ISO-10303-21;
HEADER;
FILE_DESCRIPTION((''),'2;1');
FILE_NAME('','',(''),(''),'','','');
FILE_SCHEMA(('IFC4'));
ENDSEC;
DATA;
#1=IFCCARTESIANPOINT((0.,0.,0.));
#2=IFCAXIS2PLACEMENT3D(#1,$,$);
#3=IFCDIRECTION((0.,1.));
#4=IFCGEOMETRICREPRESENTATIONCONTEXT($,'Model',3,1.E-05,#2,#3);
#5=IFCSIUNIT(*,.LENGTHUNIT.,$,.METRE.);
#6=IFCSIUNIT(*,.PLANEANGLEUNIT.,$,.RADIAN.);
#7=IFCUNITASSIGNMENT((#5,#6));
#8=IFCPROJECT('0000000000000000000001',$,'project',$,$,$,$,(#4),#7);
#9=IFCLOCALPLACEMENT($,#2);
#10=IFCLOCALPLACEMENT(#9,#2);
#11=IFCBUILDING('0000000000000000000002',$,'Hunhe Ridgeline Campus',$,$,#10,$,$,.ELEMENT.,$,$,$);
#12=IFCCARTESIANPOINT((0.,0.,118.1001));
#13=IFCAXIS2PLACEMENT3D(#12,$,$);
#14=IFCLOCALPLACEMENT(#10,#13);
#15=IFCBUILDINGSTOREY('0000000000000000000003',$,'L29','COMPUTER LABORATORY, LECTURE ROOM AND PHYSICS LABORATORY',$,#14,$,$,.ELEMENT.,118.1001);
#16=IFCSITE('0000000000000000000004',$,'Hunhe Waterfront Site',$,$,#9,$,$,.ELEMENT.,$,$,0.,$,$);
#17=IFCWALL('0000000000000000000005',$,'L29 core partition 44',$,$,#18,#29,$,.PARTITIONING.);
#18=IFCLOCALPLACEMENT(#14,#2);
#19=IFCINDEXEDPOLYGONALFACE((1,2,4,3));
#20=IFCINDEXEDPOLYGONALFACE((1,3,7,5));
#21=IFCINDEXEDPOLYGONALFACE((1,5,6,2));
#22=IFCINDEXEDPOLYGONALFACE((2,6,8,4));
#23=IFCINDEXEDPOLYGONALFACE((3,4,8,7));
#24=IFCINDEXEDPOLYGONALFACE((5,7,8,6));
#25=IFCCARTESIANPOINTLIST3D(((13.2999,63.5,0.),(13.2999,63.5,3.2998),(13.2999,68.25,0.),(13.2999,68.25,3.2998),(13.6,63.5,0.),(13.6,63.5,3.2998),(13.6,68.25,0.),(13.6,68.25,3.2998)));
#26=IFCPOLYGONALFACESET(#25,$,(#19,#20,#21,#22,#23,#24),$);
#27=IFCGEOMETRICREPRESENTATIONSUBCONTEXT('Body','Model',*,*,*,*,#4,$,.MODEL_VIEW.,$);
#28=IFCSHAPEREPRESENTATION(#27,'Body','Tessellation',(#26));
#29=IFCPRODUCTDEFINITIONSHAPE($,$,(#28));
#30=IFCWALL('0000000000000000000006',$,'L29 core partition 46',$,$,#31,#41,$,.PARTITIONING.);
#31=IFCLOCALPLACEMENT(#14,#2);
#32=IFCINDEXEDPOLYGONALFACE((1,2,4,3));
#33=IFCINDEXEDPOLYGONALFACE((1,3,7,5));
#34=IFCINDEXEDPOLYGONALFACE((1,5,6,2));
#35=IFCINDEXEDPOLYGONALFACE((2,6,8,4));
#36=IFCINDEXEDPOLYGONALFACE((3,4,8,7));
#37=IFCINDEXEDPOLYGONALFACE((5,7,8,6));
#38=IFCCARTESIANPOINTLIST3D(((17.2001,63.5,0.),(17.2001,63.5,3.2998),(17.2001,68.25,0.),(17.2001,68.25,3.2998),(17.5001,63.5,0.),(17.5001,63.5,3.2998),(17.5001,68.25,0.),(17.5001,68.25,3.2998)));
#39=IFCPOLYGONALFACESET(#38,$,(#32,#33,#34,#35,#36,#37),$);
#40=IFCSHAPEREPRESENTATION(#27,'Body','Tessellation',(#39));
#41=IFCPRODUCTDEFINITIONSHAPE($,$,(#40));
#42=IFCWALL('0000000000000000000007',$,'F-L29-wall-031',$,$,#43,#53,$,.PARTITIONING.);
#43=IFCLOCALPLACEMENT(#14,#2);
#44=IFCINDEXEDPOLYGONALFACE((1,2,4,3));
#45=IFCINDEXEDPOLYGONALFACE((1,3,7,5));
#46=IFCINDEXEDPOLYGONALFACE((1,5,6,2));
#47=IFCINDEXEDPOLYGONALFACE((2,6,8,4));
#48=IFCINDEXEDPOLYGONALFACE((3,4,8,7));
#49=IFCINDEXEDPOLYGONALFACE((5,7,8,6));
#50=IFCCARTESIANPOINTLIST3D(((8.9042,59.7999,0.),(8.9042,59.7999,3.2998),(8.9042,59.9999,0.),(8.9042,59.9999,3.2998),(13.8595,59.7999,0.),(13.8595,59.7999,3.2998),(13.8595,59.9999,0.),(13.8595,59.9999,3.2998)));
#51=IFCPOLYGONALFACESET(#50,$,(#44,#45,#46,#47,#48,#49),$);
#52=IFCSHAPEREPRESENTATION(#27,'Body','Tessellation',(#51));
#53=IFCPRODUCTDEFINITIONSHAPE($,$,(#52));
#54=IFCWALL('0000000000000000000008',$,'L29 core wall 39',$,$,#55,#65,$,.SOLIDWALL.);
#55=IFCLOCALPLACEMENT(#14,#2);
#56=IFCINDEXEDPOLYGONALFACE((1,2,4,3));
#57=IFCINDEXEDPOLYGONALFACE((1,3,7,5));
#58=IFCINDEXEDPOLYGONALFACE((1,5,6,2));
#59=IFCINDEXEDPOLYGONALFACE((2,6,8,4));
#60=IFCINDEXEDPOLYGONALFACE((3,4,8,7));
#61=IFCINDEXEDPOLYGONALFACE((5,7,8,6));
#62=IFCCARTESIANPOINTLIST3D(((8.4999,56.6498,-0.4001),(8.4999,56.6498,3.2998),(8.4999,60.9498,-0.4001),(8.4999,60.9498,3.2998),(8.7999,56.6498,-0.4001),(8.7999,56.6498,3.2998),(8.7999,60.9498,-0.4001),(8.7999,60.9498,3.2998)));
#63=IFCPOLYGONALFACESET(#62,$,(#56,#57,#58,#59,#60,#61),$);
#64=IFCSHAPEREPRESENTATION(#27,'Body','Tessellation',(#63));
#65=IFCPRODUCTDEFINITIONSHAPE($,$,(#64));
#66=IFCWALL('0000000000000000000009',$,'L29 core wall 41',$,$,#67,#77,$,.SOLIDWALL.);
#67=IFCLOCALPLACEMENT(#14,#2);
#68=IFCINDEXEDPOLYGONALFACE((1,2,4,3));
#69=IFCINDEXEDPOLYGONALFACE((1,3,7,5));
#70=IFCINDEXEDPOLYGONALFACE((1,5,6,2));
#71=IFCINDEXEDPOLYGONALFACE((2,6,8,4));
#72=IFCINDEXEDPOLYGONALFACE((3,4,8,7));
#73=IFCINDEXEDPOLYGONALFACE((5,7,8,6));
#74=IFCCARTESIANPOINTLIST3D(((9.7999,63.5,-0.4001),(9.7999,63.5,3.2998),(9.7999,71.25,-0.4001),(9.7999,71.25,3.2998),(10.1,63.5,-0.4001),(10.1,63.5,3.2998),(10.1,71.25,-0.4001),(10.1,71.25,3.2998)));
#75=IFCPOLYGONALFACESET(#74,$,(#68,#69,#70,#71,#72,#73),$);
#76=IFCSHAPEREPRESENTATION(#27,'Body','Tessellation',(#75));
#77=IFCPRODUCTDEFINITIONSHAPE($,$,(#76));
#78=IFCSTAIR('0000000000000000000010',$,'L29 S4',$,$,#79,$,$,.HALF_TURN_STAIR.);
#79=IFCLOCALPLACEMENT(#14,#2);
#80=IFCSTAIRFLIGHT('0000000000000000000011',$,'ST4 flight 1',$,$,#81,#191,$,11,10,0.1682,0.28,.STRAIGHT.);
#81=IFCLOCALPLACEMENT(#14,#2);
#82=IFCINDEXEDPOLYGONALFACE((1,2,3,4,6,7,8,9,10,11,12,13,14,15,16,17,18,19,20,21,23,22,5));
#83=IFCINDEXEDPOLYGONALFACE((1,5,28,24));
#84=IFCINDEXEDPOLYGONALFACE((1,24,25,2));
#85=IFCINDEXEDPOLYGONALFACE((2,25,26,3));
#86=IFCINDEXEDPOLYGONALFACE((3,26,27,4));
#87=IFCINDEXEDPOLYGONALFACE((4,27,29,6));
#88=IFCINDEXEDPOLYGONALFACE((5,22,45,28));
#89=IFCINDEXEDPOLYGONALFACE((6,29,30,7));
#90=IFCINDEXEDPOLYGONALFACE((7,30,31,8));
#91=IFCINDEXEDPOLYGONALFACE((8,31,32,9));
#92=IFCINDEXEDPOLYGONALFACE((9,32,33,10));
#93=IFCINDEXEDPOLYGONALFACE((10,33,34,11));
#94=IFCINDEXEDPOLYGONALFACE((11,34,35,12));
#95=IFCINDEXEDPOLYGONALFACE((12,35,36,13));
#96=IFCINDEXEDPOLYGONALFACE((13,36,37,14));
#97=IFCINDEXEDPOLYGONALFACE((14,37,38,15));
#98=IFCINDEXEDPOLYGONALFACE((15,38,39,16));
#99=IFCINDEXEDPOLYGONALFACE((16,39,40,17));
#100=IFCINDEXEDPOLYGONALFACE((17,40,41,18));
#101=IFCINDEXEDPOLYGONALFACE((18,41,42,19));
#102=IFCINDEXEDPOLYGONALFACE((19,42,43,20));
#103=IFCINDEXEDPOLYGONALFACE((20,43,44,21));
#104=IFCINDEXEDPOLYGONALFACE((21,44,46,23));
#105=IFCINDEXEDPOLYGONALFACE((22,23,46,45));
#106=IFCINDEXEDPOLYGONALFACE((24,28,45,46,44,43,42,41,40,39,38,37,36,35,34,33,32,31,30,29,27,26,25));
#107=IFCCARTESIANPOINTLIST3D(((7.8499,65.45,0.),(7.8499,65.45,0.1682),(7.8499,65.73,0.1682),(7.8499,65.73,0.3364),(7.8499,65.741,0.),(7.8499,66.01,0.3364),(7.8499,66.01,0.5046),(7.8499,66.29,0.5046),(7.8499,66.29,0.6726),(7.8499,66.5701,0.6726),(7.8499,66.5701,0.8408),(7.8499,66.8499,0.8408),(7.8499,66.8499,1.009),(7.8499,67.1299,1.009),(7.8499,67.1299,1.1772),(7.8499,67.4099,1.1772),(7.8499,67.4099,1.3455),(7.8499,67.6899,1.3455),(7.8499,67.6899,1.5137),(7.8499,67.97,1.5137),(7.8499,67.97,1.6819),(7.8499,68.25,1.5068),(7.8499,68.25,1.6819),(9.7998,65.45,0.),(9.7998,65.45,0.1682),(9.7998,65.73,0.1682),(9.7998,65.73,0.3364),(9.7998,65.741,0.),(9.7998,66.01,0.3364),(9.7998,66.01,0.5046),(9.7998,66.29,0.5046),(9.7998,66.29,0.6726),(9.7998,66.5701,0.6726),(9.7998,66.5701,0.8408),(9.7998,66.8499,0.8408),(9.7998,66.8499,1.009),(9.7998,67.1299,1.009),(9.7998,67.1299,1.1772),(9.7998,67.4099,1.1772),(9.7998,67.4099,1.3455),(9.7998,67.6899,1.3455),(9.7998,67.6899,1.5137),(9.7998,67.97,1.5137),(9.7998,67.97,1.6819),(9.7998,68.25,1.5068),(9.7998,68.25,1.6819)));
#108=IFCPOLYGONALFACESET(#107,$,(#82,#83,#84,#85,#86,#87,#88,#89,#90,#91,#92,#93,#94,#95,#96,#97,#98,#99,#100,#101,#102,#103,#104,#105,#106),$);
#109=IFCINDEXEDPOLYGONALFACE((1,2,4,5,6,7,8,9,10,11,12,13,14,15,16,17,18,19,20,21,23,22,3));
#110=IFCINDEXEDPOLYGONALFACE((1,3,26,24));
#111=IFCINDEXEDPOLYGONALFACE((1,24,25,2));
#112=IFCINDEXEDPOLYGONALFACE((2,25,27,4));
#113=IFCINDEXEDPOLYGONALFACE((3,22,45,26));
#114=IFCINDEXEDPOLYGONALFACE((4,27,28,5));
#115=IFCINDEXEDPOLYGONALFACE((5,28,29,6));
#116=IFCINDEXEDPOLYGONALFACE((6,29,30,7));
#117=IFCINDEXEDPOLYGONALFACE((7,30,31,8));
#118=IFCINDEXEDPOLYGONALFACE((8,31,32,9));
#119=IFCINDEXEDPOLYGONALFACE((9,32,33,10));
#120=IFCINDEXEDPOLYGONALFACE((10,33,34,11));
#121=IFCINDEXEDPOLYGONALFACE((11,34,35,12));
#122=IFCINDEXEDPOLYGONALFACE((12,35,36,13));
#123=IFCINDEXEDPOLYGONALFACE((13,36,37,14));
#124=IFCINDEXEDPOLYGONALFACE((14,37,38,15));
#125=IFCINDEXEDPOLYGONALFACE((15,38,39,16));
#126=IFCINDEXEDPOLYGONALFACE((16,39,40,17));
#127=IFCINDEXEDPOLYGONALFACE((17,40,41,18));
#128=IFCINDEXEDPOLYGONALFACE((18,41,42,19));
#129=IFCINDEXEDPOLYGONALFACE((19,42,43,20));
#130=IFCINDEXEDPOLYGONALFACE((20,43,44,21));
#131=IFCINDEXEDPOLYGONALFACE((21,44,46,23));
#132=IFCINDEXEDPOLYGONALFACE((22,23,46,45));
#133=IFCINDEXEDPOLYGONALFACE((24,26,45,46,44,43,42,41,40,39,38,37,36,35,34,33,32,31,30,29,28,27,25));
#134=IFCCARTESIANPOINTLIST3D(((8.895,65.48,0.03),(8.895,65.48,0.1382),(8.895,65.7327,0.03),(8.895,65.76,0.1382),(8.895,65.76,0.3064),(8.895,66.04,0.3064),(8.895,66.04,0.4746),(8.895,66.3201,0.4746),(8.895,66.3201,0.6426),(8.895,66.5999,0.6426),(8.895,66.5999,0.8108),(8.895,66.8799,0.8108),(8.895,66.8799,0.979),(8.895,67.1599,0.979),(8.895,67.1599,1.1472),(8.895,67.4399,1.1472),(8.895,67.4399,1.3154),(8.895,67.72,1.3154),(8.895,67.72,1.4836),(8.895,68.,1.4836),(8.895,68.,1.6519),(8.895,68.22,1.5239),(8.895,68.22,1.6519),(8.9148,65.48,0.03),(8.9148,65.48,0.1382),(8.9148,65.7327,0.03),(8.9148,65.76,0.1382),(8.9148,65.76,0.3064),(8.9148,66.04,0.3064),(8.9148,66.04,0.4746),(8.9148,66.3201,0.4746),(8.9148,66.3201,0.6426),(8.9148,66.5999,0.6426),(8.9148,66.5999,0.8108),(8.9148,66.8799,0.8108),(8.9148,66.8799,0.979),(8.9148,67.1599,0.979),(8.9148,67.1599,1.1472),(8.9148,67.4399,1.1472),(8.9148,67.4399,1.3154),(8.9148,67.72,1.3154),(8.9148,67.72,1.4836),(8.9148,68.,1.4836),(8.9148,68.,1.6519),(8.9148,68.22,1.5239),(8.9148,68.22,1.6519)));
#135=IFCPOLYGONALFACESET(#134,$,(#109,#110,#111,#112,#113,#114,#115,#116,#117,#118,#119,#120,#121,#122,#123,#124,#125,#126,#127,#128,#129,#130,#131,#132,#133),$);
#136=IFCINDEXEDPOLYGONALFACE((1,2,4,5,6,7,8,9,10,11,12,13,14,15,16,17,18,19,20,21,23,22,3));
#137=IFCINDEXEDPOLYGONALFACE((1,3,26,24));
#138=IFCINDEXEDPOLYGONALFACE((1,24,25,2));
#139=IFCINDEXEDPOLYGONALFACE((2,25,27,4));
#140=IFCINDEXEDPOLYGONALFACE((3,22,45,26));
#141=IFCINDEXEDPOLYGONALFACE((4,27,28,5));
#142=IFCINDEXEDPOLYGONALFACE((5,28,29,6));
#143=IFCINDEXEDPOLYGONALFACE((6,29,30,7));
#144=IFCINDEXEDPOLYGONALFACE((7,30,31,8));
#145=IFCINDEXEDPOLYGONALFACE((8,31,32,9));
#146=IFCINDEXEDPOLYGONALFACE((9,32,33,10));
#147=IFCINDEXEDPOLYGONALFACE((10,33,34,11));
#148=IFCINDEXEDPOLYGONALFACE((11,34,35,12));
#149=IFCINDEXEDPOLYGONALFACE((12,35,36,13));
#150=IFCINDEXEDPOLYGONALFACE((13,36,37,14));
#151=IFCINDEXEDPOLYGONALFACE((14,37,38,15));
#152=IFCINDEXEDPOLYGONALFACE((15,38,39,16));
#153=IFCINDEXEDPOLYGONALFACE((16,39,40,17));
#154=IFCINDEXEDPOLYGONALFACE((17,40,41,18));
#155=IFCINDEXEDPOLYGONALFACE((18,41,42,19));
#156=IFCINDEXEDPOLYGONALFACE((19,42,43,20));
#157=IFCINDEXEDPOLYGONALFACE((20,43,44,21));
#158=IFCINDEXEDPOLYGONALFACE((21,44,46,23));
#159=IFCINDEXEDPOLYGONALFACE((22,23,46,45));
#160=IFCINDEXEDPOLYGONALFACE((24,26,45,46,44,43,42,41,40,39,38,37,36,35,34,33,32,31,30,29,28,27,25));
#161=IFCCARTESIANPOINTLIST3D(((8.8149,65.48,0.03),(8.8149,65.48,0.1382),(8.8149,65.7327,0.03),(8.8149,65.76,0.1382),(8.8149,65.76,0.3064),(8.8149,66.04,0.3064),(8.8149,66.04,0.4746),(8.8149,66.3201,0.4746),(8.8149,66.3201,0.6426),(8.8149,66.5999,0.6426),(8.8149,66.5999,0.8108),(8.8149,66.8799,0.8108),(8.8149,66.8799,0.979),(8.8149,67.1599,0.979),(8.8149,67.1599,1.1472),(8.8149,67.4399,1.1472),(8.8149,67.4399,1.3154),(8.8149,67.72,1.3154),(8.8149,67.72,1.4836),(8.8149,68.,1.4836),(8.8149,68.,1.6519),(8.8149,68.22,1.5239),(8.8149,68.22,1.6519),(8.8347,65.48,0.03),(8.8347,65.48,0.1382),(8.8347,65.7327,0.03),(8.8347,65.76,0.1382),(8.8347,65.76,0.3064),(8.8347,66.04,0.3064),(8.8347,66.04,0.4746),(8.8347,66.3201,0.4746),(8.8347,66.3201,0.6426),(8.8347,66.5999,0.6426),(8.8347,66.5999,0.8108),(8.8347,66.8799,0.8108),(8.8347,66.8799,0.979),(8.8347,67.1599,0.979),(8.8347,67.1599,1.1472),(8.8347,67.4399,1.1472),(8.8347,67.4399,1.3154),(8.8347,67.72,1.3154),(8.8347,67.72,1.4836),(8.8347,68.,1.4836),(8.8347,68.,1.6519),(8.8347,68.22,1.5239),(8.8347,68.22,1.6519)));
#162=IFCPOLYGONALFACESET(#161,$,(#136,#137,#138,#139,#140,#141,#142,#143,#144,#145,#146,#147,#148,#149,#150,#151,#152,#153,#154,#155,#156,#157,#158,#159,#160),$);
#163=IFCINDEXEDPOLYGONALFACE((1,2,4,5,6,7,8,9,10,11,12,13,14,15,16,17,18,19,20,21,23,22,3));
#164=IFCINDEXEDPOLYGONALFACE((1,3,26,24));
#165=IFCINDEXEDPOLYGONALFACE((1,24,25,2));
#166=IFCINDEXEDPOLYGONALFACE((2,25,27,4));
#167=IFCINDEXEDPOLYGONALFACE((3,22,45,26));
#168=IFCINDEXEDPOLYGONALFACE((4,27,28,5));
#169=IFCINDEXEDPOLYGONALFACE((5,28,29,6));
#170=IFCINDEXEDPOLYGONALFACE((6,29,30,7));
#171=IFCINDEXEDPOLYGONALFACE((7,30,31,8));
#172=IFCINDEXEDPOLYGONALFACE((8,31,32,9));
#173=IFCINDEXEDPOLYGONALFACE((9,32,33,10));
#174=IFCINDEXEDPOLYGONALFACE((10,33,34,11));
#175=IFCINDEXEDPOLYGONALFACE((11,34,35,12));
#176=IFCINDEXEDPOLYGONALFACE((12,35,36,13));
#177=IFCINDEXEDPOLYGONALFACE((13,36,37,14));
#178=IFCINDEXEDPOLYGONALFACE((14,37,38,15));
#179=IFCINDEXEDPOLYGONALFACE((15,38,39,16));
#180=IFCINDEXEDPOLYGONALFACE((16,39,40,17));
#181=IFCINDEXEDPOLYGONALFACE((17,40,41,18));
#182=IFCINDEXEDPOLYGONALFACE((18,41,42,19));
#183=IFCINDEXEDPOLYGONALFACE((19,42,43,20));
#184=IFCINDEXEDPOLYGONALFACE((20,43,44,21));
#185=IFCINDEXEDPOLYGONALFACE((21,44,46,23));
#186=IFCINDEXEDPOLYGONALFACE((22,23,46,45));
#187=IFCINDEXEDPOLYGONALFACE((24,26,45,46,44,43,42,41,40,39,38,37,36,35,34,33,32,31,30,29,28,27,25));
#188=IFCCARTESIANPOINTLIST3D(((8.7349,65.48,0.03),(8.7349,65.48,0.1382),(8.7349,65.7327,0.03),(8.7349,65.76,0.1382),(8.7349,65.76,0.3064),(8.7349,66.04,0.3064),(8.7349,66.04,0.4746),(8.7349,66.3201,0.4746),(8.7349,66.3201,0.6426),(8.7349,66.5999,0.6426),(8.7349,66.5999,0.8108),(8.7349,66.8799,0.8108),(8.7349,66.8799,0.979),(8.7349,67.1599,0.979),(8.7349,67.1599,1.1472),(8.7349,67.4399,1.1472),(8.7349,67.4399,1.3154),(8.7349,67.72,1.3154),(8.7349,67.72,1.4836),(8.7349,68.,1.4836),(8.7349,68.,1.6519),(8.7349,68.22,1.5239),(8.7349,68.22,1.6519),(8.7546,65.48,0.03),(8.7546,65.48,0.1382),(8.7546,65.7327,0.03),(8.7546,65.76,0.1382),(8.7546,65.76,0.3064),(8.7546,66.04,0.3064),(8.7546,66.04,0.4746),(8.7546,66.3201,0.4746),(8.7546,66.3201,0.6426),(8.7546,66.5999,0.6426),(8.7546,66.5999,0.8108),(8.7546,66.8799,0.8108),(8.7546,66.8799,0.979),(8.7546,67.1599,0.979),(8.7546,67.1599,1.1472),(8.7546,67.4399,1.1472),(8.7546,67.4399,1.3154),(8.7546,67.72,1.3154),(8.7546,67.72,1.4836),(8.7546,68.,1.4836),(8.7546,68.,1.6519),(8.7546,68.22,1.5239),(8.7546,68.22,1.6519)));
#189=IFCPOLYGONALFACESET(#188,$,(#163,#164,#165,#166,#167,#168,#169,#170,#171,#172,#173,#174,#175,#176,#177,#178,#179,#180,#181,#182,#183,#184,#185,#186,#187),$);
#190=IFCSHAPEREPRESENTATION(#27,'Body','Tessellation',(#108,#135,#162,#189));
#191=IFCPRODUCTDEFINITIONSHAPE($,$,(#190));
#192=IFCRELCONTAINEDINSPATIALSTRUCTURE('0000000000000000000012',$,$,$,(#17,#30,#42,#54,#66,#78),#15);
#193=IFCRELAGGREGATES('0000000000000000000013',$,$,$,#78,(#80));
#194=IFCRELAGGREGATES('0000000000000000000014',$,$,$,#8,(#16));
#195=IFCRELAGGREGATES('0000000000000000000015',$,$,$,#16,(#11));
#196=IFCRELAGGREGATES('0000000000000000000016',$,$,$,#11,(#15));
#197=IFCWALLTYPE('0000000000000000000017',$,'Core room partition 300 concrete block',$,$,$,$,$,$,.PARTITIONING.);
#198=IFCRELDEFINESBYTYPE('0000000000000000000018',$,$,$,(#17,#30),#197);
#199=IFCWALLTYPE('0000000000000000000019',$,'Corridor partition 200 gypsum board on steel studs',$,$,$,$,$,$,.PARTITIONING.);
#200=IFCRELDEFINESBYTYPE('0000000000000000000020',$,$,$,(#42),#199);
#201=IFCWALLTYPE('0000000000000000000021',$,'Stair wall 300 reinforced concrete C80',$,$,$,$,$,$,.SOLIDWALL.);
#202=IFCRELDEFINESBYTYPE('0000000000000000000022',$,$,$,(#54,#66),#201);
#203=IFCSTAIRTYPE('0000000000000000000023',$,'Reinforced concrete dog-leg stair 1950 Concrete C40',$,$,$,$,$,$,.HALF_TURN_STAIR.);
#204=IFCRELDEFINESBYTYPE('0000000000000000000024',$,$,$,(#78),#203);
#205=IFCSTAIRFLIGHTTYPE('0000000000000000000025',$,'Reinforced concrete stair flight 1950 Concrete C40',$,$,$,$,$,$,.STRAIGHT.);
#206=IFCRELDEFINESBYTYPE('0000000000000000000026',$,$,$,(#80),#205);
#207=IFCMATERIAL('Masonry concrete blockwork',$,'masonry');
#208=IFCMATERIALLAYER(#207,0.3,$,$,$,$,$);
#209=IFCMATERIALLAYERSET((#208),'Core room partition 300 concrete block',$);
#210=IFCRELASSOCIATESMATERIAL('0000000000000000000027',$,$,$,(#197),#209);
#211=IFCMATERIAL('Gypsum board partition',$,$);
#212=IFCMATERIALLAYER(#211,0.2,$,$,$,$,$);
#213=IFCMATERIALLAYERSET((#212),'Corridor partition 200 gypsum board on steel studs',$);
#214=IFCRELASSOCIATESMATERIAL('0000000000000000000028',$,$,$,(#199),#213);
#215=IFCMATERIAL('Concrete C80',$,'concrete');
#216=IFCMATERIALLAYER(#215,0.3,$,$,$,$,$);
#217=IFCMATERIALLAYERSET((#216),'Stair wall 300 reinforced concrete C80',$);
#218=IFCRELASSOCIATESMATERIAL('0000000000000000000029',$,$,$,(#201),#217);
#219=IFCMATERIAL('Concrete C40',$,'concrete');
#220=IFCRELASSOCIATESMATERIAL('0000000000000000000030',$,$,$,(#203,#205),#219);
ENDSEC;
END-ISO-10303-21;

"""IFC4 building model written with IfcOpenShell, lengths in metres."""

from ifc_helpers import new_model, si_unit, direction, frame, frame_2d, origin, place, context, subcontext, project, spatial, polyline, rectangle, outline, extrude, material, layer, layer_set, type_object, element, aggregate, save


model = new_model("IFC4")

# Units and contexts
model_context = context("Model", 3, precision=1e-05, world=origin(), true_north=direction((0.0, 1.0)))
body_context = subcontext(model_context, "Body", "Model", "MODEL_VIEW")
ifc_project = project(units=[si_unit("LENGTHUNIT", "METRE"), si_unit("PLANEANGLEUNIT", "RADIAN")], contexts=[model_context])

# Site, building, storey
site_placement = place(None, origin())
site = spatial("IfcSite", under=ifc_project, at=site_placement, Name="Hunhe Waterfront Site", CompositionType="ELEMENT", RefElevation=0.0)
building_placement = place(site_placement, origin())
building = spatial("IfcBuilding", under=site, at=building_placement, Name="Hunhe Ridgeline Campus", CompositionType="ELEMENT")
storey_placement = place(building_placement, frame((0.0, 0.0, 118.1001)))
storey = spatial("IfcBuildingStorey", under=building, at=storey_placement, Name="L29", Description="COMPUTER LABORATORY, LECTURE ROOM AND PHYSICS LABORATORY", CompositionType="ELEMENT", Elevation=118.1001)

# Shared definitions
ifc_material_1 = material(Name="Masonry concrete blockwork", Category="masonry")
ifc_layer_1 = layer(ifc_material_1, 0.3)
ifc_layer_set_1 = layer_set([ifc_layer_1], Name="Core room partition 300 concrete block")
wall_type_1 = type_object("IfcWallType", Name="Core room partition 300 concrete block", PredefinedType="PARTITIONING", material=ifc_layer_set_1)

# Walls
for number, where, z_axis, x_axis, name in (
    (1, (13.45, 63.5, 0.0), (0.0, 0.0, 1.0), (0.0, 1.0, 0.0), "L29 core partition 44"),
    (2, (17.3501, 63.5, 0.0), (0.0, 0.0, 1.0), (0.0, 1.0, 0.0), "L29 core partition 46"),
):
    element("IfcWall", number, at=place(storey_placement, frame(where, z_axis=z_axis, x_axis=x_axis)), inside=storey, type_object=wall_type_1, Name=name, PredefinedType="PARTITIONING", context=body_context, shape_type="SweptSolid", body=[
        extrude(rectangle(XDim=4.75, YDim=0.3, at=frame_2d((2.375, 0.0))), origin(), (0.0, 0.0, 1.0), 3.2998),
    ])
ifc_material_2 = material(Name="Gypsum board partition")
ifc_layer_2 = layer(ifc_material_2, 0.2)
ifc_layer_set_2 = layer_set([ifc_layer_2], Name="Corridor partition 200 gypsum board on steel studs")
wall_type_2 = type_object("IfcWallType", Name="Corridor partition 200 gypsum board on steel studs", PredefinedType="PARTITIONING", material=ifc_layer_set_2)
wall_1_placement = place(storey_placement, frame((13.8594, 59.8999, 0.0), z_axis=(0.0, 0.0, 1.0), x_axis=(-1.0, 0.0, 0.0)))
element("IfcWall", 3, at=wall_1_placement, inside=storey, type_object=wall_type_2, Name="F-L29-wall-031", PredefinedType="PARTITIONING", context=body_context, shape_type="SweptSolid", body=[
    extrude(rectangle(XDim=4.9553, YDim=0.2, at=frame_2d((2.4775, 0.0))), origin(), (0.0, 0.0, 1.0), 3.2998),
])

# Walls
ifc_material_3 = material(Name="Concrete C80", Category="concrete")
ifc_layer_3 = layer(ifc_material_3, 0.3)
ifc_layer_set_3 = layer_set([ifc_layer_3], Name="Stair wall 300 reinforced concrete C80")
wall_type_3 = type_object("IfcWallType", Name="Stair wall 300 reinforced concrete C80", PredefinedType="SOLIDWALL", material=ifc_layer_set_3)
wall_2_placement = place(storey_placement, frame((8.6499, 56.6499, -0.4001), z_axis=(0.0, 0.0, 1.0), x_axis=(0.0, 1.0, 0.0)))
element("IfcWall", 4, at=wall_2_placement, inside=storey, type_object=wall_type_3, Name="L29 core wall 39", PredefinedType="SOLIDWALL", context=body_context, shape_type="SweptSolid", body=[
    extrude(rectangle(XDim=4.3, YDim=0.3, at=frame_2d((2.1499, 0.0))), origin(), (0.0, 0.0, 1.0), 3.7),
])
wall_3_placement = place(storey_placement, frame((9.95, 63.5, -0.4001), z_axis=(0.0, 0.0, 1.0), x_axis=(0.0, 1.0, 0.0)))
element("IfcWall", 5, at=wall_3_placement, inside=storey, type_object=wall_type_3, Name="L29 core wall 41", PredefinedType="SOLIDWALL", context=body_context, shape_type="SweptSolid", body=[
    extrude(rectangle(XDim=7.75, YDim=0.3, at=frame_2d((3.875, 0.0))), origin(), (0.0, 0.0, 1.0), 3.7),
])

# Stair, stair flight
ifc_material_4 = material(Name="Concrete C40", Category="concrete")
stair_type = type_object("IfcStairType", Name="Reinforced concrete dog-leg stair 1950 Concrete C40", PredefinedType="HALF_TURN_STAIR", material=ifc_material_4)
stair_1_placement = place(storey_placement, origin())
stair_1 = element("IfcStair", 6, at=stair_1_placement, inside=storey, type_object=stair_type, Name="L29 S4", PredefinedType="HALF_TURN_STAIR")
stair_flight_type = type_object("IfcStairFlightType", Name="Reinforced concrete stair flight 1950 Concrete C40", PredefinedType="STRAIGHT", material=ifc_material_4)
stair_flight_1_placement = place(storey_placement, frame((8.825, 65.45, 0.0), z_axis=(0.0, 0.0, 1.0), x_axis=(0.0, 1.0, 0.0)))
stair_flight_1 = element("IfcStairFlight", 7, at=stair_flight_1_placement, type_object=stair_flight_type, Name="ST4 flight 1", NumberOfRisers=11, NumberOfTreads=10, PredefinedType="STRAIGHT", RiserHeight=0.1682, TreadLength=0.28, context=body_context, shape_type="SweptSolid", body=[
    extrude(outline(polyline([(0.0, 0.0), (0.0, 0.1682), (0.28, 0.1682), (0.28, 0.3364), (0.5601, 0.3364), (0.5601, 0.5046), (0.8401, 0.5046), (0.8401, 0.6726), (1.1201, 0.6726), (1.1201, 0.8408), (1.3999, 0.8408), (1.3999, 1.009), (1.6799, 1.009), (1.6799, 1.1772), (1.96, 1.1772), (1.96, 1.3455), (2.24, 1.3455), (2.24, 1.5137), (2.52, 1.5137), (2.52, 1.6819), (2.8, 1.6819), (2.8, 1.8501), (2.8, 1.5068), (0.291, 0.0), (0.0, 0.0)])), frame((0.0, 0.9751, 0.0), z_axis=(0.0, -1.0, 0.0), x_axis=(1.0, 0.0, 0.0)), (0.0, 0.0, 1.0), 1.95),
    extrude(outline(polyline([(0.03, 0.03), (0.03, 0.1382), (0.3101, 0.1382), (0.3101, 0.3064), (0.5901, 0.3064), (0.5901, 0.4746), (0.8701, 0.4746), (0.8701, 0.6426), (1.1499, 0.6426), (1.1499, 0.8108), (1.4299, 0.8108), (1.4299, 0.979), (1.71, 0.979), (1.71, 1.1472), (1.99, 1.1472), (1.99, 1.3154), (2.27, 1.3154), (2.27, 1.4836), (2.55, 1.4836), (2.55, 1.6519), (2.77, 1.6519), (2.77, 1.5239), (0.2827, 0.03), (0.03, 0.03)])), frame((0.0, -0.0701, 0.0), z_axis=(0.0, -1.0, 0.0), x_axis=(1.0, 0.0, 0.0)), (0.0, 0.0, 1.0), 0.0198),
    extrude(outline(polyline([(0.03, 0.03), (0.03, 0.1382), (0.3101, 0.1382), (0.3101, 0.3064), (0.5901, 0.3064), (0.5901, 0.4746), (0.8701, 0.4746), (0.8701, 0.6426), (1.1499, 0.6426), (1.1499, 0.8108), (1.4299, 0.8108), (1.4299, 0.979), (1.71, 0.979), (1.71, 1.1472), (1.99, 1.1472), (1.99, 1.3154), (2.27, 1.3154), (2.27, 1.4836), (2.55, 1.4836), (2.55, 1.6519), (2.77, 1.6519), (2.77, 1.5239), (0.2827, 0.03), (0.03, 0.03)])), frame((0.0, 0.01, 0.0), z_axis=(0.0, -1.0, 0.0), x_axis=(1.0, 0.0, 0.0)), (0.0, 0.0, 1.0), 0.0198),
    extrude(outline(polyline([(0.03, 0.03), (0.03, 0.1382), (0.3101, 0.1382), (0.3101, 0.3064), (0.5901, 0.3064), (0.5901, 0.4746), (0.8701, 0.4746), (0.8701, 0.6426), (1.1499, 0.6426), (1.1499, 0.8108), (1.4299, 0.8108), (1.4299, 0.979), (1.71, 0.979), (1.71, 1.1472), (1.99, 1.1472), (1.99, 1.3154), (2.27, 1.3154), (2.27, 1.4836), (2.55, 1.4836), (2.55, 1.6519), (2.77, 1.6519), (2.77, 1.5239), (0.2827, 0.03), (0.03, 0.03)])), frame((0.0, 0.0901, 0.0), z_axis=(0.0, -1.0, 0.0), x_axis=(1.0, 0.0, 0.0)), (0.0, 0.0, 1.0), 0.0198),
])
aggregate(stair_1, [stair_flight_1])

save(model, "model.ifc")
